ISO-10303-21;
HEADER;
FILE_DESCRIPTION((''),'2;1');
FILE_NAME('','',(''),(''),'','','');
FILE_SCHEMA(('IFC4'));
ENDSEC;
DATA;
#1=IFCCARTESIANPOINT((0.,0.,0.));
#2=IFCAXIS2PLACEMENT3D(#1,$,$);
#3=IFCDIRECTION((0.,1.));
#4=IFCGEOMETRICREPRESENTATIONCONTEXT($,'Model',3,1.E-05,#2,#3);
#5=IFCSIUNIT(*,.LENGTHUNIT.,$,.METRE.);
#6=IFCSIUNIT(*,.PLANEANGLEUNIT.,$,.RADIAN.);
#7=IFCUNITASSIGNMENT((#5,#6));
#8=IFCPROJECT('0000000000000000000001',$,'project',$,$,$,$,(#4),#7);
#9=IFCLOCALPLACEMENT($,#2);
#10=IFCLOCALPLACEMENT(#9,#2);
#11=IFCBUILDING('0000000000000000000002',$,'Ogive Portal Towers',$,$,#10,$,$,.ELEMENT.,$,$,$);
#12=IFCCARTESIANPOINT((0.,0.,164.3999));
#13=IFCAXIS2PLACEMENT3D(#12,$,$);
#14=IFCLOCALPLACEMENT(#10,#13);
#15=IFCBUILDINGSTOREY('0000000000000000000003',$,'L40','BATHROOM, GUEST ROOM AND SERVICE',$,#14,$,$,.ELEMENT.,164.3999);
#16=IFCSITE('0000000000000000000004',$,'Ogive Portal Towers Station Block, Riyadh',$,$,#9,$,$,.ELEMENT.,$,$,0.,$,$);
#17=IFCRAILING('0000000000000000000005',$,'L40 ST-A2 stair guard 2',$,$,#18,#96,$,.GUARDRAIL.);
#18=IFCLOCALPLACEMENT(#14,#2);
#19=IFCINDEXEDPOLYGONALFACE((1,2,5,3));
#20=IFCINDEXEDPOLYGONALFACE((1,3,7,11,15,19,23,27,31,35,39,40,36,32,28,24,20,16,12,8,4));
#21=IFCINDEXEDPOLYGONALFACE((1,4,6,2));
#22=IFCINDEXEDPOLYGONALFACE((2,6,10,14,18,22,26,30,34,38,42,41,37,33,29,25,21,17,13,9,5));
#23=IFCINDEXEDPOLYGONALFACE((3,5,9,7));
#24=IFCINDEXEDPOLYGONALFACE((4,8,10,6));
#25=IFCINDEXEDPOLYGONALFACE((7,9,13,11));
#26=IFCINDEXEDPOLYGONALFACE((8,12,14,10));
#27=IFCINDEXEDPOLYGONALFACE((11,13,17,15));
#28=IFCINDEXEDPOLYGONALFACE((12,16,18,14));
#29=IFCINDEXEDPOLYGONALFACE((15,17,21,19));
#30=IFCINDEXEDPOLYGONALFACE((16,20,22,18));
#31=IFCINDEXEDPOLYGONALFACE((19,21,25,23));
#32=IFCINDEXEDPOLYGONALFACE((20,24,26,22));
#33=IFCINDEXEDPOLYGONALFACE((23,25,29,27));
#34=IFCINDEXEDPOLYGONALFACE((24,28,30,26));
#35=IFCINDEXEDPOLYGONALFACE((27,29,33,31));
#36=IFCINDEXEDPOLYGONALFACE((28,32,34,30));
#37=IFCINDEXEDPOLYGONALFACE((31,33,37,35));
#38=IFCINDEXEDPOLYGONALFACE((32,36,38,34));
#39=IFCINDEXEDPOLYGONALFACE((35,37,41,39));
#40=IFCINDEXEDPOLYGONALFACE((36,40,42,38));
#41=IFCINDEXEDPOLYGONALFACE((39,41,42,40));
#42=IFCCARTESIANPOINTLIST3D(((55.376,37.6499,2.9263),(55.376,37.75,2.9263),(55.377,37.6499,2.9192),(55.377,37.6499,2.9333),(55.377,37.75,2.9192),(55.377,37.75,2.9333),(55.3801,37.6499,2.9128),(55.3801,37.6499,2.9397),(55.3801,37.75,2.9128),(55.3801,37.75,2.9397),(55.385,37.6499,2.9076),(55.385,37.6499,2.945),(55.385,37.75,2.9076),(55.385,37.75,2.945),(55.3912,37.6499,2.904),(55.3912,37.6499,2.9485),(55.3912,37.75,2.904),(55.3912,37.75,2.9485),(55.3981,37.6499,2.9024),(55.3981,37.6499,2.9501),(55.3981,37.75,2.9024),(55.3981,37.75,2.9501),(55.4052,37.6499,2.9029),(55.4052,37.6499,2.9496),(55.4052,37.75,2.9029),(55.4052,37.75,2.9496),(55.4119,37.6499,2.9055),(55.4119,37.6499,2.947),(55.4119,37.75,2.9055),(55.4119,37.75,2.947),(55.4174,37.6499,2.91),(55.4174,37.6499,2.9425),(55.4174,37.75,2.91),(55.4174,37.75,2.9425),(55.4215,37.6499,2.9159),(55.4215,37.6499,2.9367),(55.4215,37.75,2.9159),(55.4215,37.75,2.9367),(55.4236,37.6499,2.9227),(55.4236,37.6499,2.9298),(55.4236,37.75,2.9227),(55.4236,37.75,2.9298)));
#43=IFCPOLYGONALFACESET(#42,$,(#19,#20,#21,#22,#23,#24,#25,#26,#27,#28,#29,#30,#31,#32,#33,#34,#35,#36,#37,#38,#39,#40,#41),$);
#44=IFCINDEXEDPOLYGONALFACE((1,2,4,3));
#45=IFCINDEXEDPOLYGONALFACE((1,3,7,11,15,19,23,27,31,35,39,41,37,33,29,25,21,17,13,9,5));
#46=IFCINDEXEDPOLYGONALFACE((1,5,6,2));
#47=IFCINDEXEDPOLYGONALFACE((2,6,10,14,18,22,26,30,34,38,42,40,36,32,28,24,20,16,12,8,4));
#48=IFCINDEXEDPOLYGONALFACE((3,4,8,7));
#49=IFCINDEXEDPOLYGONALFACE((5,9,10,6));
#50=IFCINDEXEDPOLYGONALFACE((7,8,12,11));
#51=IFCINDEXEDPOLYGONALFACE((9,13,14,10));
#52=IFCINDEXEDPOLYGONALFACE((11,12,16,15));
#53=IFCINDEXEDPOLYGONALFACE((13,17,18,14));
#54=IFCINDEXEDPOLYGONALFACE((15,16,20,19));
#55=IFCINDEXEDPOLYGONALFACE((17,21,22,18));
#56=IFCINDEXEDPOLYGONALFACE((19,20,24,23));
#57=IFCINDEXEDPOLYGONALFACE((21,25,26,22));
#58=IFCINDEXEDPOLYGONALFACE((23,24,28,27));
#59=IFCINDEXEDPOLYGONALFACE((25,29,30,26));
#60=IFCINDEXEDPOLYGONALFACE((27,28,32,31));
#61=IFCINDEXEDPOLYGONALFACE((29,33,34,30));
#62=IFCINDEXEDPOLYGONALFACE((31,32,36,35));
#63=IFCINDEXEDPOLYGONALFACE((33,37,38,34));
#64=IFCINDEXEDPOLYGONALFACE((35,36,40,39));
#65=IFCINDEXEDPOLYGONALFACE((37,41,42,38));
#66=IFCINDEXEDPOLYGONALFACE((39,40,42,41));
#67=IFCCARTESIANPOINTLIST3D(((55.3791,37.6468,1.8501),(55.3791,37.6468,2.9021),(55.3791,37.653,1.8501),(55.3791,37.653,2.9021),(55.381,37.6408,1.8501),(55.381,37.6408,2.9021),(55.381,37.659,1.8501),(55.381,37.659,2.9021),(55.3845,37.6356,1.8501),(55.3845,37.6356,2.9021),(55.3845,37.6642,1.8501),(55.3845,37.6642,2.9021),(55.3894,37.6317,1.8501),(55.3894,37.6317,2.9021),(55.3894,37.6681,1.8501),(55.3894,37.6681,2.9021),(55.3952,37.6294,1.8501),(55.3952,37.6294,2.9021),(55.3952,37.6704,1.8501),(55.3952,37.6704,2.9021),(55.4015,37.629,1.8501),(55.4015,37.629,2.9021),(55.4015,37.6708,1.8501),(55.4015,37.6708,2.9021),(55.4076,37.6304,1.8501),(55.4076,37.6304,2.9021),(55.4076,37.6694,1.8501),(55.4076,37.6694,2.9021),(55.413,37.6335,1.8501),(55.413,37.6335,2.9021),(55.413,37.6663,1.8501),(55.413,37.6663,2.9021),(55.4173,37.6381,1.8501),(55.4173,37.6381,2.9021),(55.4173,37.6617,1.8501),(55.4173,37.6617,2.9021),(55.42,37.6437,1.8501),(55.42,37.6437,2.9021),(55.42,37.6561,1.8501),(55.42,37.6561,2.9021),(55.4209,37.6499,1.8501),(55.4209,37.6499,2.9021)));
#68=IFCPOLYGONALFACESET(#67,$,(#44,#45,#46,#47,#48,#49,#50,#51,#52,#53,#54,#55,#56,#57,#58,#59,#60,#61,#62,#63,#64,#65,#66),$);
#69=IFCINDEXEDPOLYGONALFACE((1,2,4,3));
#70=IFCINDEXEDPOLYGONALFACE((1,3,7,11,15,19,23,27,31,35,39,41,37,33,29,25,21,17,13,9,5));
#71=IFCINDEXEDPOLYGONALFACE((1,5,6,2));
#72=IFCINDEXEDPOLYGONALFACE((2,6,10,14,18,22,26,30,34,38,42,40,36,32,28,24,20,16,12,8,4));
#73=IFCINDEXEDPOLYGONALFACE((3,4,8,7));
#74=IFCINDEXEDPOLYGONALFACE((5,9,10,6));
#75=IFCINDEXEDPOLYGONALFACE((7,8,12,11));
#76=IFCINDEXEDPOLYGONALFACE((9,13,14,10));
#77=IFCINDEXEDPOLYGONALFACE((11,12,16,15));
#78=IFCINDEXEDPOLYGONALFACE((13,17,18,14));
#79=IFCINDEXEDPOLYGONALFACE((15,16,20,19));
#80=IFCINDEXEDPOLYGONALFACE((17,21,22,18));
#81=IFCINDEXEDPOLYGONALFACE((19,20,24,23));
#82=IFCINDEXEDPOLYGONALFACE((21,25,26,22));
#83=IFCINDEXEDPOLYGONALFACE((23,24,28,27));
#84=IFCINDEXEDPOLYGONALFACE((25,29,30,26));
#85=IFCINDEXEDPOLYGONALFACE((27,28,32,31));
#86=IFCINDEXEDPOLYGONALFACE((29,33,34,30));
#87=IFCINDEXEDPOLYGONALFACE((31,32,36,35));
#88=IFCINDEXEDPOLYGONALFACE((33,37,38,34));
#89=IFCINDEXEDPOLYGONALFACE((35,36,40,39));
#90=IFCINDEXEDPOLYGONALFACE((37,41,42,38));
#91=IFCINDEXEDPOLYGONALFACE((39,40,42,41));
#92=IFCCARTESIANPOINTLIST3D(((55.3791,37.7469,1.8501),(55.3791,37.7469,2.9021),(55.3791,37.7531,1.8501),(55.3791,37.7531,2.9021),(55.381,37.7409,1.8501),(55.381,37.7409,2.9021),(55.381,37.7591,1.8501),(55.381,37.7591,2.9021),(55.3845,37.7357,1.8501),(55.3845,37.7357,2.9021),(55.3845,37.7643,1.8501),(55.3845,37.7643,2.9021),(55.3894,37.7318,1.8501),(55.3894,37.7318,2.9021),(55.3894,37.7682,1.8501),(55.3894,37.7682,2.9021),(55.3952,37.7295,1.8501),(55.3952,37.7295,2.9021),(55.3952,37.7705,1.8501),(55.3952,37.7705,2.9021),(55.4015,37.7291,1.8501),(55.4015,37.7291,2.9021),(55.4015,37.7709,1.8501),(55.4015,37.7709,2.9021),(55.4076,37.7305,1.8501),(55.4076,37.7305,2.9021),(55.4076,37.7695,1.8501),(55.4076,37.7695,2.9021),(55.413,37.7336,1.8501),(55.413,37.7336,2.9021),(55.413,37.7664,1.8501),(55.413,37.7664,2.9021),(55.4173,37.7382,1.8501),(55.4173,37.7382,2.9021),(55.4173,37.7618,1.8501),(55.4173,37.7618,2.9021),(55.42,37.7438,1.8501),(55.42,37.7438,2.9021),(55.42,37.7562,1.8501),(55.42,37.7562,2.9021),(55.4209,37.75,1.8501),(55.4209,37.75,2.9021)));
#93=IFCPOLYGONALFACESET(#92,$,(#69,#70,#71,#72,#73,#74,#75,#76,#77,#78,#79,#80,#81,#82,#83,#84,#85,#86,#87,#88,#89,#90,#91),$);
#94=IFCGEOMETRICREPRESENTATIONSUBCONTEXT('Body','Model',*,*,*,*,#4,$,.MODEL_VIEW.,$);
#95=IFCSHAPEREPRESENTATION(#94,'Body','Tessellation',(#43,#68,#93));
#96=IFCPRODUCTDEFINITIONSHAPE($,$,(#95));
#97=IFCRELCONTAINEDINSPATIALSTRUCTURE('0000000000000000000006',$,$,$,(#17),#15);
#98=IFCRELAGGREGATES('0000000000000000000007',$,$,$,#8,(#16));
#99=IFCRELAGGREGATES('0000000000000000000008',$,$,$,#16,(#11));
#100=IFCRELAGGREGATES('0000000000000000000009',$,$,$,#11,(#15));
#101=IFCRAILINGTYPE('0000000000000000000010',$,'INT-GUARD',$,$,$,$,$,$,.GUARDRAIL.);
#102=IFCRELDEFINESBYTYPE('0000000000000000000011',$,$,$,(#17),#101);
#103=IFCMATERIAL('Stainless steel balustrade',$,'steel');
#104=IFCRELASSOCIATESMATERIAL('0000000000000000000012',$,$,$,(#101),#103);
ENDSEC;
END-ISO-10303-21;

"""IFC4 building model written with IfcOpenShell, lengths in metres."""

from ifc_helpers import new_model, si_unit, direction, frame, origin, origin_2d, place, context, subcontext, project, spatial, circle, extrude, material, type_object, element, save


model = new_model("IFC4")

# Units and contexts
model_context = context("Model", 3, precision=1e-05, world=origin(), true_north=direction((0.0, 1.0)))
body_context = subcontext(model_context, "Body", "Model", "MODEL_VIEW")
ifc_project = project(units=[si_unit("LENGTHUNIT", "METRE"), si_unit("PLANEANGLEUNIT", "RADIAN")], contexts=[model_context])

# Site, building, storey
site_placement = place(None, origin())
site = spatial("IfcSite", under=ifc_project, at=site_placement, Name="Ogive Portal Towers Station Block, Riyadh", CompositionType="ELEMENT", RefElevation=0.0)
building_placement = place(site_placement, origin())
building = spatial("IfcBuilding", under=site, at=building_placement, Name="Ogive Portal Towers", CompositionType="ELEMENT")
storey_placement = place(building_placement, frame((0.0, 0.0, 164.3999)))
storey = spatial("IfcBuildingStorey", under=building, at=storey_placement, Name="L40", Description="BATHROOM, GUEST ROOM AND SERVICE", CompositionType="ELEMENT", Elevation=164.3999)

# Railing
ifc_material_1 = material(Name="Stainless steel balustrade", Category="steel")
railing_type_1 = type_object("IfcRailingType", Name="INT-GUARD", PredefinedType="GUARDRAIL", material=ifc_material_1)
railing_1_placement = place(storey_placement, frame((55.3999, 37.6499, 1.8501)))
element("IfcRailing", 1, at=railing_1_placement, inside=storey, type_object=railing_type_1, Name="L40 ST-A2 stair guard 2", PredefinedType="GUARDRAIL", context=body_context, shape_type="SweptSolid", body=[
    extrude(circle(Radius=0.0239, at=origin_2d()), frame((0.0, 0.0, 1.0762), z_axis=(0.0, 1.0, 0.0), x_axis=(-1.0, 0.0, 0.0)), (0.0, 0.0, 1.0), 0.1001),
    extrude(circle(Radius=0.021, at=origin_2d()), origin(), (0.0, 0.0, 1.0), 1.052),
    extrude(circle(Radius=0.021, at=origin_2d()), frame((0.0, 0.1001, 0.0)), (0.0, 0.0, 1.0), 1.052),
])

save(model, "model.ifc")
